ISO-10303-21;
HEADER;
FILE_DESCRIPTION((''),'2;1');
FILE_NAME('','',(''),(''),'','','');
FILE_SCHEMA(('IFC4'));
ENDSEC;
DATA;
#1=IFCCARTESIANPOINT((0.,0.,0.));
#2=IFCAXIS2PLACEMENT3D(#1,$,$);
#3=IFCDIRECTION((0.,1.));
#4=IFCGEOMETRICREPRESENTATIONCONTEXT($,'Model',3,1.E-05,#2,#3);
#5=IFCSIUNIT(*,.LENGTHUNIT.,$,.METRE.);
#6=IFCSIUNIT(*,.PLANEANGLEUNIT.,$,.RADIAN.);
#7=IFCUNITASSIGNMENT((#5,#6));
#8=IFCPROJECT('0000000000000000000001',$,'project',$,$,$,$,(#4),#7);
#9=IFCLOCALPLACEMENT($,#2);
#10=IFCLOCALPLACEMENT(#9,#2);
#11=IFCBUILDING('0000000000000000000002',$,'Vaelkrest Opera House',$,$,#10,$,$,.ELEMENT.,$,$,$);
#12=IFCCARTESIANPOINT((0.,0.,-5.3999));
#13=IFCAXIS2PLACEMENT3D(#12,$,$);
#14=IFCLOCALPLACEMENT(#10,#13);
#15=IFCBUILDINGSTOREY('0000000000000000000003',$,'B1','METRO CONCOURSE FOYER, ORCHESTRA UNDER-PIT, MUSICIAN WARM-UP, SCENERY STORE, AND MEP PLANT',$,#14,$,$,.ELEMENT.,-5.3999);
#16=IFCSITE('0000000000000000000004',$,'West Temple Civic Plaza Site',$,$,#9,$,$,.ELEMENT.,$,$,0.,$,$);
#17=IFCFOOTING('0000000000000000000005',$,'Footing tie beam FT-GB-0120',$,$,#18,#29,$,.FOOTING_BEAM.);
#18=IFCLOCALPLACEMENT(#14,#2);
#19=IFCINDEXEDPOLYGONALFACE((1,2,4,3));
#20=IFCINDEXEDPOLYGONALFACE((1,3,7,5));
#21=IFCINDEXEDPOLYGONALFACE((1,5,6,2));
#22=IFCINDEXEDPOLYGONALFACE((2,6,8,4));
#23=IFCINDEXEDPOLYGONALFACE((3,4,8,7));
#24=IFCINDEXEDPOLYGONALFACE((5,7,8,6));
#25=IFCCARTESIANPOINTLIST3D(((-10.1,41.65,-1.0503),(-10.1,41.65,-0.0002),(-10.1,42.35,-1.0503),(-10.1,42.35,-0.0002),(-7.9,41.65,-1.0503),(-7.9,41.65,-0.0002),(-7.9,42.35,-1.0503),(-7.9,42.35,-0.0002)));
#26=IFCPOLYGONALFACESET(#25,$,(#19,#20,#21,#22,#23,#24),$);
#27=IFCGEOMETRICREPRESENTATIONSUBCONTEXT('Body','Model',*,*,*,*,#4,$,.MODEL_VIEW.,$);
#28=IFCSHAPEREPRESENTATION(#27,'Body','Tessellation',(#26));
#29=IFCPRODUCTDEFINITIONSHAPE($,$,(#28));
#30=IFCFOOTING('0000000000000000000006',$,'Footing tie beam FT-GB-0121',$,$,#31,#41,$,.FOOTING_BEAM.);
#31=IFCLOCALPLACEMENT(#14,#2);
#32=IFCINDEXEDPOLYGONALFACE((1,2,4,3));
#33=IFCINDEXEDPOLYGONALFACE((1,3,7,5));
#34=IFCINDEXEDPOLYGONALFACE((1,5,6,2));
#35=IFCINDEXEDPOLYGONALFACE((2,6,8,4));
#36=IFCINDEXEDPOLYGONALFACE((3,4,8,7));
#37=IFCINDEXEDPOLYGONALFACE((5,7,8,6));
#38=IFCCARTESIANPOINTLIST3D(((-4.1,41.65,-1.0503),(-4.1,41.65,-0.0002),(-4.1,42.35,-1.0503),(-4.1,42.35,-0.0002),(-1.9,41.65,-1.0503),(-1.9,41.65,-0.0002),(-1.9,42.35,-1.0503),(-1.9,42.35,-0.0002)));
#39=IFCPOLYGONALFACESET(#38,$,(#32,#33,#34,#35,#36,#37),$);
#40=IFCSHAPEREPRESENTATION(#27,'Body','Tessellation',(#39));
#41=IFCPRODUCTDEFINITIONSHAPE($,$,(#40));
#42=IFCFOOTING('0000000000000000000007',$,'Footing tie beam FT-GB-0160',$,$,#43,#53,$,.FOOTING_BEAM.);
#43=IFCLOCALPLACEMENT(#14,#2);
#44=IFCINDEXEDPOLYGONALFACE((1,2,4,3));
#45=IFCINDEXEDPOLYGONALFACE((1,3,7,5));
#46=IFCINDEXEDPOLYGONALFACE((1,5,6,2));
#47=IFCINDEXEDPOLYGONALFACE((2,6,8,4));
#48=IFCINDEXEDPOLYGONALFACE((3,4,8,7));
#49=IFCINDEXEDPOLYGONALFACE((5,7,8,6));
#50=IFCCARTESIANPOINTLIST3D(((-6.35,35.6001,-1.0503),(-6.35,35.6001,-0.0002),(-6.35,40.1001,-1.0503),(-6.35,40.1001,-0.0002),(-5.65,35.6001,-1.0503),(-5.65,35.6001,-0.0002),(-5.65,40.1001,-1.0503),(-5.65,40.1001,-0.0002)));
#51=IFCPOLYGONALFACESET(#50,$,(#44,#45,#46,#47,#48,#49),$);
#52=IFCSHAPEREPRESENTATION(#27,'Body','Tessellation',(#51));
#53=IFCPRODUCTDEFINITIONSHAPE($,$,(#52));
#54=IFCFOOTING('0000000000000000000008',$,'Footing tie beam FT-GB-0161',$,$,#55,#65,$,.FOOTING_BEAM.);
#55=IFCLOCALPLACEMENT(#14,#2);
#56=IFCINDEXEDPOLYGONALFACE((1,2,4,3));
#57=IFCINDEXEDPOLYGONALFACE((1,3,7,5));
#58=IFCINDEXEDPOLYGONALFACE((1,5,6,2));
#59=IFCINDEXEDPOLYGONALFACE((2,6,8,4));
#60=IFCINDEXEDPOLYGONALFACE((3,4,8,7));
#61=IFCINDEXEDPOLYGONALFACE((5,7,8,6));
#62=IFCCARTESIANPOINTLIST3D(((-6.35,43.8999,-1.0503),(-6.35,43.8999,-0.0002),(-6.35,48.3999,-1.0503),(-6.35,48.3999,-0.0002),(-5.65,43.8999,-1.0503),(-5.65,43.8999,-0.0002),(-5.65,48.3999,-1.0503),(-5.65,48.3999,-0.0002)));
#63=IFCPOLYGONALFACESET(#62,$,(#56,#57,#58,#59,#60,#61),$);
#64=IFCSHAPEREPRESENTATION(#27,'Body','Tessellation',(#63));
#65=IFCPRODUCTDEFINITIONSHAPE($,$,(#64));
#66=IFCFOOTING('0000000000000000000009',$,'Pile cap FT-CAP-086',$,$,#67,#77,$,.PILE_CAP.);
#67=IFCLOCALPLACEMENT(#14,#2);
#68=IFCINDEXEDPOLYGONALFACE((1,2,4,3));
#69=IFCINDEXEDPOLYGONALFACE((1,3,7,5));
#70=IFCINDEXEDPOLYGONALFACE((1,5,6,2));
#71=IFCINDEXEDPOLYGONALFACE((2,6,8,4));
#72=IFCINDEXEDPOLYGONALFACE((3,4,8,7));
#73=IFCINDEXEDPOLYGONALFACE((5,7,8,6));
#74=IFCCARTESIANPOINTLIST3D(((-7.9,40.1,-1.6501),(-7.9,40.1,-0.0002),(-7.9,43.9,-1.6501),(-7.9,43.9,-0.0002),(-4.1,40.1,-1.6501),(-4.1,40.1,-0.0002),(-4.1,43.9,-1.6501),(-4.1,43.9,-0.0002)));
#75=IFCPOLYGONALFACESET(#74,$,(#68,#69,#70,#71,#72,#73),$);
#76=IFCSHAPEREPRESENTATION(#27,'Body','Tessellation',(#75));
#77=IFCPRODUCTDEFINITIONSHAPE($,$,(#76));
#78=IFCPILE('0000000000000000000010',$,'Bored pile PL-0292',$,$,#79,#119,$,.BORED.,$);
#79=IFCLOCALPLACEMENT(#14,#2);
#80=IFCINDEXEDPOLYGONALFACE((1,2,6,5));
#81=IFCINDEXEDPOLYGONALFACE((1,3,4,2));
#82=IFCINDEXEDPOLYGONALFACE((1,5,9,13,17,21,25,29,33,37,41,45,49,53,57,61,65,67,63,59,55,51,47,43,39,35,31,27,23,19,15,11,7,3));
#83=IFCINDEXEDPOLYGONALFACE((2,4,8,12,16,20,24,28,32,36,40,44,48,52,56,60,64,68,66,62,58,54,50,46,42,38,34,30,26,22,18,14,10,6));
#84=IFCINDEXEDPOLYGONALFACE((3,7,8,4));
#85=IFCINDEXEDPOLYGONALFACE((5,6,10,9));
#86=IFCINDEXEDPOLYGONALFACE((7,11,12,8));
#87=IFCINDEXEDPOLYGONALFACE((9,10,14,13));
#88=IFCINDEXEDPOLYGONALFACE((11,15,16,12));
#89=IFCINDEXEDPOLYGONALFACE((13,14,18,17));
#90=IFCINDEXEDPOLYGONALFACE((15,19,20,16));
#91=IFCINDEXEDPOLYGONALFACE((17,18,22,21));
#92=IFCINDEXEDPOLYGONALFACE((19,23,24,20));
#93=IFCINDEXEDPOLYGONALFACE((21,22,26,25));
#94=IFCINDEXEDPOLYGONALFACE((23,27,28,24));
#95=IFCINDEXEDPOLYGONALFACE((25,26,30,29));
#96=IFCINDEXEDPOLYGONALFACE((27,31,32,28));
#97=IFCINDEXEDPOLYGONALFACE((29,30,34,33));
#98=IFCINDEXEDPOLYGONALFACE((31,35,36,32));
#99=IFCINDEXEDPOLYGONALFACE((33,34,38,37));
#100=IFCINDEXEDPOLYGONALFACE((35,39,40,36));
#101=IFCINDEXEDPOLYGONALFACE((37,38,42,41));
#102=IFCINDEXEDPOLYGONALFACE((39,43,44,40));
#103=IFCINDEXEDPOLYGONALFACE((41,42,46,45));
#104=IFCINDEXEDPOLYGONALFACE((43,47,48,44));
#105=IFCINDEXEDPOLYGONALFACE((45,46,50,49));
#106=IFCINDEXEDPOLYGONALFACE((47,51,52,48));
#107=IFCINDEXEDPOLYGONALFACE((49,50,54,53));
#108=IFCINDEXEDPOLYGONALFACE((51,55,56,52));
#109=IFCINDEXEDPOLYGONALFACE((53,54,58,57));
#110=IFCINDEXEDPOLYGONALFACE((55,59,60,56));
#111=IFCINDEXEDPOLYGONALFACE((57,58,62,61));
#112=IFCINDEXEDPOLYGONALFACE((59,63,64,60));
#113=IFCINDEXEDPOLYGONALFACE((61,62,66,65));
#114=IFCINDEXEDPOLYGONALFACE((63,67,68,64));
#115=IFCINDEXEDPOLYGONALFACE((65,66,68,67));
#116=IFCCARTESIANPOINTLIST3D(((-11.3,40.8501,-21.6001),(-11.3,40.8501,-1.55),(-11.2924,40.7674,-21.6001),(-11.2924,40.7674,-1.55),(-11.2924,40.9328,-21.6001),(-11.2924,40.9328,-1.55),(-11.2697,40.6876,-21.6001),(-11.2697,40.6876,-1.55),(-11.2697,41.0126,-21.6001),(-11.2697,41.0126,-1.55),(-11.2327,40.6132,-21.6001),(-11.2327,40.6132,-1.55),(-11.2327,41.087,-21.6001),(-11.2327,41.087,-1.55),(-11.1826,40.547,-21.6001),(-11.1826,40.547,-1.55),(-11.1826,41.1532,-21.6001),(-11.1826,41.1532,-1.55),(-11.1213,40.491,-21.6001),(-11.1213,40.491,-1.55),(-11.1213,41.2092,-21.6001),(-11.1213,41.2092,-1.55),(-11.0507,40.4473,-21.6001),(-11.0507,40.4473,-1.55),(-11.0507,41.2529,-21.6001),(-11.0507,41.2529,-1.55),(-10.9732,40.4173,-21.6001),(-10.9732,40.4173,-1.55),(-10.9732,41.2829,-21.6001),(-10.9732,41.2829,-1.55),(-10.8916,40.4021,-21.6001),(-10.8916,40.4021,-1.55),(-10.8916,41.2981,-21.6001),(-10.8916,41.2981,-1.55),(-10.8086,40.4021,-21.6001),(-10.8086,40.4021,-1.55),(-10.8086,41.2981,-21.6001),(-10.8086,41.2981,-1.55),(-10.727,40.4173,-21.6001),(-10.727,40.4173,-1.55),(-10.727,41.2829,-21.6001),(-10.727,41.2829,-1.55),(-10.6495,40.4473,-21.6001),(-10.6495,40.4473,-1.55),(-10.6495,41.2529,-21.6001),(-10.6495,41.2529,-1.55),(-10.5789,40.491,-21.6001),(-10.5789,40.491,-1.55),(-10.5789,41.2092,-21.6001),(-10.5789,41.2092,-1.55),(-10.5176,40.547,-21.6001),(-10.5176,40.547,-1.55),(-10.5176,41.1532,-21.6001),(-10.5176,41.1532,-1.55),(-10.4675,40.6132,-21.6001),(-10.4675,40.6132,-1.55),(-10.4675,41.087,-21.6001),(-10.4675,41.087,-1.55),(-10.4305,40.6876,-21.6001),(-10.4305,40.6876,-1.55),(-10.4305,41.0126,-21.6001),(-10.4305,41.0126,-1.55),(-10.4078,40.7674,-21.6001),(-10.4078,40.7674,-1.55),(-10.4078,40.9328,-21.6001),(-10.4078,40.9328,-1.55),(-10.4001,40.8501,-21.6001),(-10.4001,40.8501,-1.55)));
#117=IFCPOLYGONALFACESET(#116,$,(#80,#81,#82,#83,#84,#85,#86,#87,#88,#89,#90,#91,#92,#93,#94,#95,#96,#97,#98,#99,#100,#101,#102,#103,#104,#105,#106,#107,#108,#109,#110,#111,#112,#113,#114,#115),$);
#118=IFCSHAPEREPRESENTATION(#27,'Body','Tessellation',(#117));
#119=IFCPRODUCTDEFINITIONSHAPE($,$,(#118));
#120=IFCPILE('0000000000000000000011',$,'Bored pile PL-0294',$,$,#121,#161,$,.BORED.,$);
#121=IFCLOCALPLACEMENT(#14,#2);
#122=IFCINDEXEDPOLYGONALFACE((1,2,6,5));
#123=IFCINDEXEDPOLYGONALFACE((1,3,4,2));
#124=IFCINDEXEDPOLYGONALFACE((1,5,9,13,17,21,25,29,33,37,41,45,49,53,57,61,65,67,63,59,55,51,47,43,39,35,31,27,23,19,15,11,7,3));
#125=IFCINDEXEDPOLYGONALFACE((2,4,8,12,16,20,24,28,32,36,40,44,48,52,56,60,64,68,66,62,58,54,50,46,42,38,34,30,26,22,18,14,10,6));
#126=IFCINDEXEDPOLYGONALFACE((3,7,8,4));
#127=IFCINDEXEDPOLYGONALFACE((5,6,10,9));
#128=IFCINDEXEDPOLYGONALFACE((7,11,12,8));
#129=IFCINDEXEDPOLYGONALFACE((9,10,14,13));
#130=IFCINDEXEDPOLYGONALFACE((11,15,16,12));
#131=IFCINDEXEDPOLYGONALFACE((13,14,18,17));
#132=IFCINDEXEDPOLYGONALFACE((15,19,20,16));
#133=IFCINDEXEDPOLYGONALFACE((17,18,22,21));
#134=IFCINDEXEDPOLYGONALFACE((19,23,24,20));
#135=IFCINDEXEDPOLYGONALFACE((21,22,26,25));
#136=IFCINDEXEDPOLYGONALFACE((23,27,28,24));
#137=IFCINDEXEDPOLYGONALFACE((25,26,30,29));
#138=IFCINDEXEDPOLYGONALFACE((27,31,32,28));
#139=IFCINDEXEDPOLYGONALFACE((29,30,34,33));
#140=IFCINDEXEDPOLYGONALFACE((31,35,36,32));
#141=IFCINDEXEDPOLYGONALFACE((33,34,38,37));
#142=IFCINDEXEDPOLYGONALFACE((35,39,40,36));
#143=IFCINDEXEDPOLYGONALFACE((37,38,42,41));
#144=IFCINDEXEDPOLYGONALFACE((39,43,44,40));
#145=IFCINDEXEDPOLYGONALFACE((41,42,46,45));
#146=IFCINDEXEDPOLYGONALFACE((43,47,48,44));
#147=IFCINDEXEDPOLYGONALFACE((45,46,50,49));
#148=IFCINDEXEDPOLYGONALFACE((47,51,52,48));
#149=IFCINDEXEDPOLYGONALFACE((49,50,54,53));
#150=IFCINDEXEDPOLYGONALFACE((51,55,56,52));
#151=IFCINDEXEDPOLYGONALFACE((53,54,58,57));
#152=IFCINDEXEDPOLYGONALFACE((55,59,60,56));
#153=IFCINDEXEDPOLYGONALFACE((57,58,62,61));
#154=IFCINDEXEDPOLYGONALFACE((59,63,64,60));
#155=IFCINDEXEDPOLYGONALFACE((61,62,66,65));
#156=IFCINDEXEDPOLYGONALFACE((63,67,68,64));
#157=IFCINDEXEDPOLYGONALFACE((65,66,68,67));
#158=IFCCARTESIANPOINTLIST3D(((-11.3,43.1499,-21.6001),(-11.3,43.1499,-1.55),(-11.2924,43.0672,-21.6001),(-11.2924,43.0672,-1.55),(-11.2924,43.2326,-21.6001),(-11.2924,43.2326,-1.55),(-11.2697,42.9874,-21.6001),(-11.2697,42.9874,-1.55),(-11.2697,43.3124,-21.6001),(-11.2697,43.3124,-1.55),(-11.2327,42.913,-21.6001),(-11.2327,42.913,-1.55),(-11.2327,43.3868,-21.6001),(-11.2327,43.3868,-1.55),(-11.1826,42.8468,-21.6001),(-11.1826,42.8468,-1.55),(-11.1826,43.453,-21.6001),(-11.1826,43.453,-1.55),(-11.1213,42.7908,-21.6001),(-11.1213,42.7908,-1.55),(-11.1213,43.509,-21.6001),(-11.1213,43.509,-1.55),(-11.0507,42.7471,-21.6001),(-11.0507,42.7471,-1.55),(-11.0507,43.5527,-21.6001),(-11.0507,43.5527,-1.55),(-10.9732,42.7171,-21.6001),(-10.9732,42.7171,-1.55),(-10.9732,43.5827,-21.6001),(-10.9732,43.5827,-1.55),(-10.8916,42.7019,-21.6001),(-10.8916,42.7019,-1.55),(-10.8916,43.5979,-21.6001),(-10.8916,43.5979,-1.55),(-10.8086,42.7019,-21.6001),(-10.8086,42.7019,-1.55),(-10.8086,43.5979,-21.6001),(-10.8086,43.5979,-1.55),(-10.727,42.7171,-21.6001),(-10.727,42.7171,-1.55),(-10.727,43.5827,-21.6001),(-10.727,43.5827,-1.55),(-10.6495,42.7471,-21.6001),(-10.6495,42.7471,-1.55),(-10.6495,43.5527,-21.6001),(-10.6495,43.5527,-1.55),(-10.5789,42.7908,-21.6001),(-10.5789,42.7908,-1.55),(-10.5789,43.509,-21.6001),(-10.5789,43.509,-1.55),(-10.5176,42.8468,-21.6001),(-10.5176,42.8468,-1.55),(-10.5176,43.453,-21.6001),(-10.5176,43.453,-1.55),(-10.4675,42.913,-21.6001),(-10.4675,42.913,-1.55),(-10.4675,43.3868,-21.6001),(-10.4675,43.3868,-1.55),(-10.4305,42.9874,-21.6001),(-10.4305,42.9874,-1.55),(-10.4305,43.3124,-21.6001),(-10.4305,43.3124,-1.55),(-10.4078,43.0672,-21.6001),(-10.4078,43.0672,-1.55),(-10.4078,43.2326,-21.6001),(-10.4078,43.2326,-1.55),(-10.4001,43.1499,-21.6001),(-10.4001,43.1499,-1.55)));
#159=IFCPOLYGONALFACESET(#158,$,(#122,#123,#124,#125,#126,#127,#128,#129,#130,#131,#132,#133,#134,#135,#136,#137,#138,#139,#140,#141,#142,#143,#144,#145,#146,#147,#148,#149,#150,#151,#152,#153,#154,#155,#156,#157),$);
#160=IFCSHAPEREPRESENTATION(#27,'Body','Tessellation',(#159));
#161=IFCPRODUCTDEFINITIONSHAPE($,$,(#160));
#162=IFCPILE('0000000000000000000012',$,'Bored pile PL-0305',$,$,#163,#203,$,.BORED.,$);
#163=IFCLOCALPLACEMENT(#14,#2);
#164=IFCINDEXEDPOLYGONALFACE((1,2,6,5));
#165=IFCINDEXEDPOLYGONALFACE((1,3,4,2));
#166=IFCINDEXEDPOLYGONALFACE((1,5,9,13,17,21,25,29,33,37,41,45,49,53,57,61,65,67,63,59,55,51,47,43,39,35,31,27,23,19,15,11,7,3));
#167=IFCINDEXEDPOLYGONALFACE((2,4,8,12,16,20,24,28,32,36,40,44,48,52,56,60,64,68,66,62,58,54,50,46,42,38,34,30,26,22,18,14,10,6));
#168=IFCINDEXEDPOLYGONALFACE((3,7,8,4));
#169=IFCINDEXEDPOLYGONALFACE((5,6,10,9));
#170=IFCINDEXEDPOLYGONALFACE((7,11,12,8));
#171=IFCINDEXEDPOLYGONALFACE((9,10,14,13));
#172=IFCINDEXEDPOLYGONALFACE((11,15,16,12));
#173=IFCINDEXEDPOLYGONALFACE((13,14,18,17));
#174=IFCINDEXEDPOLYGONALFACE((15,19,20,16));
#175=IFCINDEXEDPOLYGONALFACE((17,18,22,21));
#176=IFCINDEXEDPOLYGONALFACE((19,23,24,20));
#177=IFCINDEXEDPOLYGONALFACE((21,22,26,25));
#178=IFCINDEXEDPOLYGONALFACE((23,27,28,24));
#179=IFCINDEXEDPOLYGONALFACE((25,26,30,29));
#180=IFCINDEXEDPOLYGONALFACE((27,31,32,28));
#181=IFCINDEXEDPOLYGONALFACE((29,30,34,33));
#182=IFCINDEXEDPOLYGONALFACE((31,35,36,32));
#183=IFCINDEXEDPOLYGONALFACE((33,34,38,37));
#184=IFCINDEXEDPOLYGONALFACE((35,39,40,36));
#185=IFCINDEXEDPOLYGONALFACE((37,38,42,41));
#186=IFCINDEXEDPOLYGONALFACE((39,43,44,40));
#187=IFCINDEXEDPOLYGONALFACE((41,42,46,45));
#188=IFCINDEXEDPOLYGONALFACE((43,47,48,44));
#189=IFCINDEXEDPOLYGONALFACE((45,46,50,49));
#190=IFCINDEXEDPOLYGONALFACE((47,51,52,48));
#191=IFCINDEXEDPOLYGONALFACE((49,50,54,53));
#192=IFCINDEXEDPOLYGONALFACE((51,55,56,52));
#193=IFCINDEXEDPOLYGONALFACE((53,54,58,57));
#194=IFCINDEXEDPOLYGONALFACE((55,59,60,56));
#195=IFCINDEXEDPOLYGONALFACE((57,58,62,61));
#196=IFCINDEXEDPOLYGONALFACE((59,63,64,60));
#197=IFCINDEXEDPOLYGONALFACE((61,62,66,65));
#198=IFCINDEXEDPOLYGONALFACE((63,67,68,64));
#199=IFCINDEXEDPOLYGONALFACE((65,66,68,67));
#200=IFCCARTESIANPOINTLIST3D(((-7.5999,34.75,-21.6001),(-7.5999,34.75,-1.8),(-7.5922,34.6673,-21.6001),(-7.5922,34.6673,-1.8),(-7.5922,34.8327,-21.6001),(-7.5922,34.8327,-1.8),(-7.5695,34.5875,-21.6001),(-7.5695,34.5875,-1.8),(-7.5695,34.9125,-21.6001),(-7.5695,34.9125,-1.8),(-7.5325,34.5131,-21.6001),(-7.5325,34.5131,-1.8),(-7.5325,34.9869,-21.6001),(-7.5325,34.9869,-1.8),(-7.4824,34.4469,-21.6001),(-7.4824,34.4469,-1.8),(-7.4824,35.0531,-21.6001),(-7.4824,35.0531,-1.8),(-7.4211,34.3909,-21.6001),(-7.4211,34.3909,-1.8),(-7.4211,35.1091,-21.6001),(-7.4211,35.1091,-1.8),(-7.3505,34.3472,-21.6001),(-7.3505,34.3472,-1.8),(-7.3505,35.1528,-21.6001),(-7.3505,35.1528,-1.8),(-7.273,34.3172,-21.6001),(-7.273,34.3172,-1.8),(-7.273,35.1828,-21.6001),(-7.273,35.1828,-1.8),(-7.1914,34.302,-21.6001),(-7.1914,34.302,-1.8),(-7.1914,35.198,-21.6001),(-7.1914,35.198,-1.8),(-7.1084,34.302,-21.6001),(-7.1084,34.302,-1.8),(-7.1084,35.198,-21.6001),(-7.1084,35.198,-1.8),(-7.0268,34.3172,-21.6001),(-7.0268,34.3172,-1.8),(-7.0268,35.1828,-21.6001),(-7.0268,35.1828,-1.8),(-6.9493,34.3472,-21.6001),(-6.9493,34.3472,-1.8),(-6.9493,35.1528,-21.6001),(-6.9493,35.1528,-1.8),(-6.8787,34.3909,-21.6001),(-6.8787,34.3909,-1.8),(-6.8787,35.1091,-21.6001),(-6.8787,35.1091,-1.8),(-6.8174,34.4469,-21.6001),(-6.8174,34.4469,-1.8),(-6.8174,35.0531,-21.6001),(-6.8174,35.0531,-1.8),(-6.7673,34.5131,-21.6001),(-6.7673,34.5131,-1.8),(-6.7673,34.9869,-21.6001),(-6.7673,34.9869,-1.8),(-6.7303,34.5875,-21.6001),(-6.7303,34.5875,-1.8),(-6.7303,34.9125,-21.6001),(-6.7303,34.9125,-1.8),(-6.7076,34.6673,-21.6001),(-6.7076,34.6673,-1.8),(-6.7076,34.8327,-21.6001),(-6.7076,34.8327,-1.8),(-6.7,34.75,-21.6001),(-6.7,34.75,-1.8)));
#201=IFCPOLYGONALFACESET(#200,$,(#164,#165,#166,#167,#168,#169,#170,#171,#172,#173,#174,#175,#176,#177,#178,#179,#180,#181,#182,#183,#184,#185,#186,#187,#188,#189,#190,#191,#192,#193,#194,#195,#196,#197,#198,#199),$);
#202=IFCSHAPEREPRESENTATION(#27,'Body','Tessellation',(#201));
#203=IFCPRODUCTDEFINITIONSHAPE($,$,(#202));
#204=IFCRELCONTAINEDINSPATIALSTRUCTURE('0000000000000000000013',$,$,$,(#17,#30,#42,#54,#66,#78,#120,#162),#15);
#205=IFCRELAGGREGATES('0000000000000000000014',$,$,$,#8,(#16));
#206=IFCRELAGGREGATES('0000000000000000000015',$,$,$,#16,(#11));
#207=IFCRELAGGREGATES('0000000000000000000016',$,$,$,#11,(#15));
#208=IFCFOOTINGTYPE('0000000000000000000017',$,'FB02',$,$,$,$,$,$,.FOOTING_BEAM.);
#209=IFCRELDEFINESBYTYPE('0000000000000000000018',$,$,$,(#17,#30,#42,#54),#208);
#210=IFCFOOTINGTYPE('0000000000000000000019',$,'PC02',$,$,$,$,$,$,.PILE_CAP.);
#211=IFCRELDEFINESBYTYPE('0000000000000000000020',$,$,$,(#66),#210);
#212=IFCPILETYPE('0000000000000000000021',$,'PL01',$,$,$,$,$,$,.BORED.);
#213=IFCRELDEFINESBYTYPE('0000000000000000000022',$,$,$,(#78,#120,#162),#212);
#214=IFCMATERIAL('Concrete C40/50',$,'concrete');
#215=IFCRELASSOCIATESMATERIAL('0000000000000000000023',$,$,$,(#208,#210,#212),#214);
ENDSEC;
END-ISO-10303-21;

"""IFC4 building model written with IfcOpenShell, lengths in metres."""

from ifc_helpers import new_model, si_unit, direction, frame, origin, origin_2d, place, context, subcontext, project, spatial, rectangle, circle, extrude, material, material_profile, profile_set, type_object, element, save


model = new_model("IFC4")

# Units and contexts
model_context = context("Model", 3, precision=1e-05, world=origin(), true_north=direction((0.0, 1.0)))
body_context = subcontext(model_context, "Body", "Model", "MODEL_VIEW")
ifc_project = project(units=[si_unit("LENGTHUNIT", "METRE"), si_unit("PLANEANGLEUNIT", "RADIAN")], contexts=[model_context])

# Site, building, storey
site_placement = place(None, origin())
site = spatial("IfcSite", under=ifc_project, at=site_placement, Name="West Temple Civic Plaza Site", CompositionType="ELEMENT", RefElevation=0.0)
building_placement = place(site_placement, origin())
building = spatial("IfcBuilding", under=site, at=building_placement, Name="Vaelkrest Opera House", CompositionType="ELEMENT")
storey_placement = place(building_placement, frame((0.0, 0.0, -5.3999)))
storey = spatial("IfcBuildingStorey", under=building, at=storey_placement, Name="B1", Description="METRO CONCOURSE FOYER, ORCHESTRA UNDER-PIT, MUSICIAN WARM-UP, SCENERY STORE, AND MEP PLANT", CompositionType="ELEMENT", Elevation=-5.3999)

# Footings
ifc_material_1 = material(Name="Concrete C40/50", Category="concrete")
footing_type_1 = type_object("IfcFootingType", Name="FB02", PredefinedType="FOOTING_BEAM", material=ifc_material_1)
for number, where, z_axis, x_axis, name in (
    (1, (-9.0, 42.0, -1.0503), (0.0, 0.0, 1.0), (1.0, 0.0, 0.0), "Footing tie beam FT-GB-0120"),
    (2, (-3.0, 42.0, -1.0503), (0.0, 0.0, 1.0), (1.0, 0.0, 0.0), "Footing tie beam FT-GB-0121"),
):
    element("IfcFooting", number, at=place(storey_placement, frame(where, z_axis=z_axis, x_axis=x_axis)), inside=storey, type_object=footing_type_1, Name=name, PredefinedType="FOOTING_BEAM", context=body_context, shape_type="SweptSolid", body=[
        extrude(rectangle(XDim=2.2, YDim=0.7, at=origin_2d()), origin(), (0.0, 0.0, 1.0), 1.05),
    ])
for number, where, z_axis, x_axis, name in (
    (3, (-6.0, 37.8501, -1.0503), (0.0, 0.0, 1.0), (0.0, 1.0, 0.0), "Footing tie beam FT-GB-0160"),
    (4, (-6.0, 46.1499, -1.0503), (0.0, 0.0, 1.0), (0.0, 1.0, 0.0), "Footing tie beam FT-GB-0161"),
):
    element("IfcFooting", number, at=place(storey_placement, frame(where, z_axis=z_axis, x_axis=x_axis)), inside=storey, type_object=footing_type_1, Name=name, PredefinedType="FOOTING_BEAM", context=body_context, shape_type="SweptSolid", body=[
        extrude(rectangle(XDim=4.5, YDim=0.7, at=origin_2d()), origin(), (0.0, 0.0, 1.0), 1.05),
    ])
footing_type_2 = type_object("IfcFootingType", Name="PC02", PredefinedType="PILE_CAP", material=ifc_material_1)
footing_placement = place(storey_placement, frame((-6.0, 42.0, -1.6501), z_axis=(0.0, 0.0, 1.0), x_axis=(1.0, 0.0, 0.0)))
element("IfcFooting", 5, at=footing_placement, inside=storey, type_object=footing_type_2, Name="Pile cap FT-CAP-086", PredefinedType="PILE_CAP", context=body_context, shape_type="SweptSolid", body=[
    extrude(rectangle(XDim=3.8, YDim=3.8, at=origin_2d()), origin(), (0.0, 0.0, 1.0), 1.6499),
])

# Piles
ifc_material_profile_1 = material_profile(ifc_material_1, circle(Radius=0.45, at=origin_2d()), Name="PILE900")
ifc_profile_set_1 = profile_set([ifc_material_profile_1], Name="Concrete C40/50")
pile_type_1 = type_object("IfcPileType", Name="PL01", PredefinedType="BORED", material=ifc_profile_set_1)
for number, where, z_axis, x_axis, name in (
    (6, (-10.8501, 40.8501, -1.55), (0.0, 0.0, -1.0), (1.0, 0.0, 0.0), "Bored pile PL-0292"),
    (7, (-10.8501, 43.1499, -1.55), (0.0, 0.0, -1.0), (1.0, 0.0, 0.0), "Bored pile PL-0294"),
):
    element("IfcPile", number, at=place(storey_placement, frame(where, z_axis=z_axis, x_axis=x_axis)), inside=storey, type_object=pile_type_1, Name=name, PredefinedType="BORED", context=body_context, shape_type="SweptSolid", body=[
        extrude(circle(Radius=0.45, at=origin_2d()), origin(), (0.0, 0.0, 1.0), 20.05),
    ])
for number, where, z_axis, x_axis, name in (
    (8, (-7.1499, 34.75, -1.8), (0.0, 0.0, -1.0), (1.0, 0.0, 0.0), "Bored pile PL-0305"),
):
    element("IfcPile", number, at=place(storey_placement, frame(where, z_axis=z_axis, x_axis=x_axis)), inside=storey, type_object=pile_type_1, Name=name, PredefinedType="BORED", context=body_context, shape_type="SweptSolid", body=[
        extrude(circle(Radius=0.45, at=origin_2d()), origin(), (0.0, 0.0, 1.0), 19.8),
    ])

save(model, "model.ifc")
